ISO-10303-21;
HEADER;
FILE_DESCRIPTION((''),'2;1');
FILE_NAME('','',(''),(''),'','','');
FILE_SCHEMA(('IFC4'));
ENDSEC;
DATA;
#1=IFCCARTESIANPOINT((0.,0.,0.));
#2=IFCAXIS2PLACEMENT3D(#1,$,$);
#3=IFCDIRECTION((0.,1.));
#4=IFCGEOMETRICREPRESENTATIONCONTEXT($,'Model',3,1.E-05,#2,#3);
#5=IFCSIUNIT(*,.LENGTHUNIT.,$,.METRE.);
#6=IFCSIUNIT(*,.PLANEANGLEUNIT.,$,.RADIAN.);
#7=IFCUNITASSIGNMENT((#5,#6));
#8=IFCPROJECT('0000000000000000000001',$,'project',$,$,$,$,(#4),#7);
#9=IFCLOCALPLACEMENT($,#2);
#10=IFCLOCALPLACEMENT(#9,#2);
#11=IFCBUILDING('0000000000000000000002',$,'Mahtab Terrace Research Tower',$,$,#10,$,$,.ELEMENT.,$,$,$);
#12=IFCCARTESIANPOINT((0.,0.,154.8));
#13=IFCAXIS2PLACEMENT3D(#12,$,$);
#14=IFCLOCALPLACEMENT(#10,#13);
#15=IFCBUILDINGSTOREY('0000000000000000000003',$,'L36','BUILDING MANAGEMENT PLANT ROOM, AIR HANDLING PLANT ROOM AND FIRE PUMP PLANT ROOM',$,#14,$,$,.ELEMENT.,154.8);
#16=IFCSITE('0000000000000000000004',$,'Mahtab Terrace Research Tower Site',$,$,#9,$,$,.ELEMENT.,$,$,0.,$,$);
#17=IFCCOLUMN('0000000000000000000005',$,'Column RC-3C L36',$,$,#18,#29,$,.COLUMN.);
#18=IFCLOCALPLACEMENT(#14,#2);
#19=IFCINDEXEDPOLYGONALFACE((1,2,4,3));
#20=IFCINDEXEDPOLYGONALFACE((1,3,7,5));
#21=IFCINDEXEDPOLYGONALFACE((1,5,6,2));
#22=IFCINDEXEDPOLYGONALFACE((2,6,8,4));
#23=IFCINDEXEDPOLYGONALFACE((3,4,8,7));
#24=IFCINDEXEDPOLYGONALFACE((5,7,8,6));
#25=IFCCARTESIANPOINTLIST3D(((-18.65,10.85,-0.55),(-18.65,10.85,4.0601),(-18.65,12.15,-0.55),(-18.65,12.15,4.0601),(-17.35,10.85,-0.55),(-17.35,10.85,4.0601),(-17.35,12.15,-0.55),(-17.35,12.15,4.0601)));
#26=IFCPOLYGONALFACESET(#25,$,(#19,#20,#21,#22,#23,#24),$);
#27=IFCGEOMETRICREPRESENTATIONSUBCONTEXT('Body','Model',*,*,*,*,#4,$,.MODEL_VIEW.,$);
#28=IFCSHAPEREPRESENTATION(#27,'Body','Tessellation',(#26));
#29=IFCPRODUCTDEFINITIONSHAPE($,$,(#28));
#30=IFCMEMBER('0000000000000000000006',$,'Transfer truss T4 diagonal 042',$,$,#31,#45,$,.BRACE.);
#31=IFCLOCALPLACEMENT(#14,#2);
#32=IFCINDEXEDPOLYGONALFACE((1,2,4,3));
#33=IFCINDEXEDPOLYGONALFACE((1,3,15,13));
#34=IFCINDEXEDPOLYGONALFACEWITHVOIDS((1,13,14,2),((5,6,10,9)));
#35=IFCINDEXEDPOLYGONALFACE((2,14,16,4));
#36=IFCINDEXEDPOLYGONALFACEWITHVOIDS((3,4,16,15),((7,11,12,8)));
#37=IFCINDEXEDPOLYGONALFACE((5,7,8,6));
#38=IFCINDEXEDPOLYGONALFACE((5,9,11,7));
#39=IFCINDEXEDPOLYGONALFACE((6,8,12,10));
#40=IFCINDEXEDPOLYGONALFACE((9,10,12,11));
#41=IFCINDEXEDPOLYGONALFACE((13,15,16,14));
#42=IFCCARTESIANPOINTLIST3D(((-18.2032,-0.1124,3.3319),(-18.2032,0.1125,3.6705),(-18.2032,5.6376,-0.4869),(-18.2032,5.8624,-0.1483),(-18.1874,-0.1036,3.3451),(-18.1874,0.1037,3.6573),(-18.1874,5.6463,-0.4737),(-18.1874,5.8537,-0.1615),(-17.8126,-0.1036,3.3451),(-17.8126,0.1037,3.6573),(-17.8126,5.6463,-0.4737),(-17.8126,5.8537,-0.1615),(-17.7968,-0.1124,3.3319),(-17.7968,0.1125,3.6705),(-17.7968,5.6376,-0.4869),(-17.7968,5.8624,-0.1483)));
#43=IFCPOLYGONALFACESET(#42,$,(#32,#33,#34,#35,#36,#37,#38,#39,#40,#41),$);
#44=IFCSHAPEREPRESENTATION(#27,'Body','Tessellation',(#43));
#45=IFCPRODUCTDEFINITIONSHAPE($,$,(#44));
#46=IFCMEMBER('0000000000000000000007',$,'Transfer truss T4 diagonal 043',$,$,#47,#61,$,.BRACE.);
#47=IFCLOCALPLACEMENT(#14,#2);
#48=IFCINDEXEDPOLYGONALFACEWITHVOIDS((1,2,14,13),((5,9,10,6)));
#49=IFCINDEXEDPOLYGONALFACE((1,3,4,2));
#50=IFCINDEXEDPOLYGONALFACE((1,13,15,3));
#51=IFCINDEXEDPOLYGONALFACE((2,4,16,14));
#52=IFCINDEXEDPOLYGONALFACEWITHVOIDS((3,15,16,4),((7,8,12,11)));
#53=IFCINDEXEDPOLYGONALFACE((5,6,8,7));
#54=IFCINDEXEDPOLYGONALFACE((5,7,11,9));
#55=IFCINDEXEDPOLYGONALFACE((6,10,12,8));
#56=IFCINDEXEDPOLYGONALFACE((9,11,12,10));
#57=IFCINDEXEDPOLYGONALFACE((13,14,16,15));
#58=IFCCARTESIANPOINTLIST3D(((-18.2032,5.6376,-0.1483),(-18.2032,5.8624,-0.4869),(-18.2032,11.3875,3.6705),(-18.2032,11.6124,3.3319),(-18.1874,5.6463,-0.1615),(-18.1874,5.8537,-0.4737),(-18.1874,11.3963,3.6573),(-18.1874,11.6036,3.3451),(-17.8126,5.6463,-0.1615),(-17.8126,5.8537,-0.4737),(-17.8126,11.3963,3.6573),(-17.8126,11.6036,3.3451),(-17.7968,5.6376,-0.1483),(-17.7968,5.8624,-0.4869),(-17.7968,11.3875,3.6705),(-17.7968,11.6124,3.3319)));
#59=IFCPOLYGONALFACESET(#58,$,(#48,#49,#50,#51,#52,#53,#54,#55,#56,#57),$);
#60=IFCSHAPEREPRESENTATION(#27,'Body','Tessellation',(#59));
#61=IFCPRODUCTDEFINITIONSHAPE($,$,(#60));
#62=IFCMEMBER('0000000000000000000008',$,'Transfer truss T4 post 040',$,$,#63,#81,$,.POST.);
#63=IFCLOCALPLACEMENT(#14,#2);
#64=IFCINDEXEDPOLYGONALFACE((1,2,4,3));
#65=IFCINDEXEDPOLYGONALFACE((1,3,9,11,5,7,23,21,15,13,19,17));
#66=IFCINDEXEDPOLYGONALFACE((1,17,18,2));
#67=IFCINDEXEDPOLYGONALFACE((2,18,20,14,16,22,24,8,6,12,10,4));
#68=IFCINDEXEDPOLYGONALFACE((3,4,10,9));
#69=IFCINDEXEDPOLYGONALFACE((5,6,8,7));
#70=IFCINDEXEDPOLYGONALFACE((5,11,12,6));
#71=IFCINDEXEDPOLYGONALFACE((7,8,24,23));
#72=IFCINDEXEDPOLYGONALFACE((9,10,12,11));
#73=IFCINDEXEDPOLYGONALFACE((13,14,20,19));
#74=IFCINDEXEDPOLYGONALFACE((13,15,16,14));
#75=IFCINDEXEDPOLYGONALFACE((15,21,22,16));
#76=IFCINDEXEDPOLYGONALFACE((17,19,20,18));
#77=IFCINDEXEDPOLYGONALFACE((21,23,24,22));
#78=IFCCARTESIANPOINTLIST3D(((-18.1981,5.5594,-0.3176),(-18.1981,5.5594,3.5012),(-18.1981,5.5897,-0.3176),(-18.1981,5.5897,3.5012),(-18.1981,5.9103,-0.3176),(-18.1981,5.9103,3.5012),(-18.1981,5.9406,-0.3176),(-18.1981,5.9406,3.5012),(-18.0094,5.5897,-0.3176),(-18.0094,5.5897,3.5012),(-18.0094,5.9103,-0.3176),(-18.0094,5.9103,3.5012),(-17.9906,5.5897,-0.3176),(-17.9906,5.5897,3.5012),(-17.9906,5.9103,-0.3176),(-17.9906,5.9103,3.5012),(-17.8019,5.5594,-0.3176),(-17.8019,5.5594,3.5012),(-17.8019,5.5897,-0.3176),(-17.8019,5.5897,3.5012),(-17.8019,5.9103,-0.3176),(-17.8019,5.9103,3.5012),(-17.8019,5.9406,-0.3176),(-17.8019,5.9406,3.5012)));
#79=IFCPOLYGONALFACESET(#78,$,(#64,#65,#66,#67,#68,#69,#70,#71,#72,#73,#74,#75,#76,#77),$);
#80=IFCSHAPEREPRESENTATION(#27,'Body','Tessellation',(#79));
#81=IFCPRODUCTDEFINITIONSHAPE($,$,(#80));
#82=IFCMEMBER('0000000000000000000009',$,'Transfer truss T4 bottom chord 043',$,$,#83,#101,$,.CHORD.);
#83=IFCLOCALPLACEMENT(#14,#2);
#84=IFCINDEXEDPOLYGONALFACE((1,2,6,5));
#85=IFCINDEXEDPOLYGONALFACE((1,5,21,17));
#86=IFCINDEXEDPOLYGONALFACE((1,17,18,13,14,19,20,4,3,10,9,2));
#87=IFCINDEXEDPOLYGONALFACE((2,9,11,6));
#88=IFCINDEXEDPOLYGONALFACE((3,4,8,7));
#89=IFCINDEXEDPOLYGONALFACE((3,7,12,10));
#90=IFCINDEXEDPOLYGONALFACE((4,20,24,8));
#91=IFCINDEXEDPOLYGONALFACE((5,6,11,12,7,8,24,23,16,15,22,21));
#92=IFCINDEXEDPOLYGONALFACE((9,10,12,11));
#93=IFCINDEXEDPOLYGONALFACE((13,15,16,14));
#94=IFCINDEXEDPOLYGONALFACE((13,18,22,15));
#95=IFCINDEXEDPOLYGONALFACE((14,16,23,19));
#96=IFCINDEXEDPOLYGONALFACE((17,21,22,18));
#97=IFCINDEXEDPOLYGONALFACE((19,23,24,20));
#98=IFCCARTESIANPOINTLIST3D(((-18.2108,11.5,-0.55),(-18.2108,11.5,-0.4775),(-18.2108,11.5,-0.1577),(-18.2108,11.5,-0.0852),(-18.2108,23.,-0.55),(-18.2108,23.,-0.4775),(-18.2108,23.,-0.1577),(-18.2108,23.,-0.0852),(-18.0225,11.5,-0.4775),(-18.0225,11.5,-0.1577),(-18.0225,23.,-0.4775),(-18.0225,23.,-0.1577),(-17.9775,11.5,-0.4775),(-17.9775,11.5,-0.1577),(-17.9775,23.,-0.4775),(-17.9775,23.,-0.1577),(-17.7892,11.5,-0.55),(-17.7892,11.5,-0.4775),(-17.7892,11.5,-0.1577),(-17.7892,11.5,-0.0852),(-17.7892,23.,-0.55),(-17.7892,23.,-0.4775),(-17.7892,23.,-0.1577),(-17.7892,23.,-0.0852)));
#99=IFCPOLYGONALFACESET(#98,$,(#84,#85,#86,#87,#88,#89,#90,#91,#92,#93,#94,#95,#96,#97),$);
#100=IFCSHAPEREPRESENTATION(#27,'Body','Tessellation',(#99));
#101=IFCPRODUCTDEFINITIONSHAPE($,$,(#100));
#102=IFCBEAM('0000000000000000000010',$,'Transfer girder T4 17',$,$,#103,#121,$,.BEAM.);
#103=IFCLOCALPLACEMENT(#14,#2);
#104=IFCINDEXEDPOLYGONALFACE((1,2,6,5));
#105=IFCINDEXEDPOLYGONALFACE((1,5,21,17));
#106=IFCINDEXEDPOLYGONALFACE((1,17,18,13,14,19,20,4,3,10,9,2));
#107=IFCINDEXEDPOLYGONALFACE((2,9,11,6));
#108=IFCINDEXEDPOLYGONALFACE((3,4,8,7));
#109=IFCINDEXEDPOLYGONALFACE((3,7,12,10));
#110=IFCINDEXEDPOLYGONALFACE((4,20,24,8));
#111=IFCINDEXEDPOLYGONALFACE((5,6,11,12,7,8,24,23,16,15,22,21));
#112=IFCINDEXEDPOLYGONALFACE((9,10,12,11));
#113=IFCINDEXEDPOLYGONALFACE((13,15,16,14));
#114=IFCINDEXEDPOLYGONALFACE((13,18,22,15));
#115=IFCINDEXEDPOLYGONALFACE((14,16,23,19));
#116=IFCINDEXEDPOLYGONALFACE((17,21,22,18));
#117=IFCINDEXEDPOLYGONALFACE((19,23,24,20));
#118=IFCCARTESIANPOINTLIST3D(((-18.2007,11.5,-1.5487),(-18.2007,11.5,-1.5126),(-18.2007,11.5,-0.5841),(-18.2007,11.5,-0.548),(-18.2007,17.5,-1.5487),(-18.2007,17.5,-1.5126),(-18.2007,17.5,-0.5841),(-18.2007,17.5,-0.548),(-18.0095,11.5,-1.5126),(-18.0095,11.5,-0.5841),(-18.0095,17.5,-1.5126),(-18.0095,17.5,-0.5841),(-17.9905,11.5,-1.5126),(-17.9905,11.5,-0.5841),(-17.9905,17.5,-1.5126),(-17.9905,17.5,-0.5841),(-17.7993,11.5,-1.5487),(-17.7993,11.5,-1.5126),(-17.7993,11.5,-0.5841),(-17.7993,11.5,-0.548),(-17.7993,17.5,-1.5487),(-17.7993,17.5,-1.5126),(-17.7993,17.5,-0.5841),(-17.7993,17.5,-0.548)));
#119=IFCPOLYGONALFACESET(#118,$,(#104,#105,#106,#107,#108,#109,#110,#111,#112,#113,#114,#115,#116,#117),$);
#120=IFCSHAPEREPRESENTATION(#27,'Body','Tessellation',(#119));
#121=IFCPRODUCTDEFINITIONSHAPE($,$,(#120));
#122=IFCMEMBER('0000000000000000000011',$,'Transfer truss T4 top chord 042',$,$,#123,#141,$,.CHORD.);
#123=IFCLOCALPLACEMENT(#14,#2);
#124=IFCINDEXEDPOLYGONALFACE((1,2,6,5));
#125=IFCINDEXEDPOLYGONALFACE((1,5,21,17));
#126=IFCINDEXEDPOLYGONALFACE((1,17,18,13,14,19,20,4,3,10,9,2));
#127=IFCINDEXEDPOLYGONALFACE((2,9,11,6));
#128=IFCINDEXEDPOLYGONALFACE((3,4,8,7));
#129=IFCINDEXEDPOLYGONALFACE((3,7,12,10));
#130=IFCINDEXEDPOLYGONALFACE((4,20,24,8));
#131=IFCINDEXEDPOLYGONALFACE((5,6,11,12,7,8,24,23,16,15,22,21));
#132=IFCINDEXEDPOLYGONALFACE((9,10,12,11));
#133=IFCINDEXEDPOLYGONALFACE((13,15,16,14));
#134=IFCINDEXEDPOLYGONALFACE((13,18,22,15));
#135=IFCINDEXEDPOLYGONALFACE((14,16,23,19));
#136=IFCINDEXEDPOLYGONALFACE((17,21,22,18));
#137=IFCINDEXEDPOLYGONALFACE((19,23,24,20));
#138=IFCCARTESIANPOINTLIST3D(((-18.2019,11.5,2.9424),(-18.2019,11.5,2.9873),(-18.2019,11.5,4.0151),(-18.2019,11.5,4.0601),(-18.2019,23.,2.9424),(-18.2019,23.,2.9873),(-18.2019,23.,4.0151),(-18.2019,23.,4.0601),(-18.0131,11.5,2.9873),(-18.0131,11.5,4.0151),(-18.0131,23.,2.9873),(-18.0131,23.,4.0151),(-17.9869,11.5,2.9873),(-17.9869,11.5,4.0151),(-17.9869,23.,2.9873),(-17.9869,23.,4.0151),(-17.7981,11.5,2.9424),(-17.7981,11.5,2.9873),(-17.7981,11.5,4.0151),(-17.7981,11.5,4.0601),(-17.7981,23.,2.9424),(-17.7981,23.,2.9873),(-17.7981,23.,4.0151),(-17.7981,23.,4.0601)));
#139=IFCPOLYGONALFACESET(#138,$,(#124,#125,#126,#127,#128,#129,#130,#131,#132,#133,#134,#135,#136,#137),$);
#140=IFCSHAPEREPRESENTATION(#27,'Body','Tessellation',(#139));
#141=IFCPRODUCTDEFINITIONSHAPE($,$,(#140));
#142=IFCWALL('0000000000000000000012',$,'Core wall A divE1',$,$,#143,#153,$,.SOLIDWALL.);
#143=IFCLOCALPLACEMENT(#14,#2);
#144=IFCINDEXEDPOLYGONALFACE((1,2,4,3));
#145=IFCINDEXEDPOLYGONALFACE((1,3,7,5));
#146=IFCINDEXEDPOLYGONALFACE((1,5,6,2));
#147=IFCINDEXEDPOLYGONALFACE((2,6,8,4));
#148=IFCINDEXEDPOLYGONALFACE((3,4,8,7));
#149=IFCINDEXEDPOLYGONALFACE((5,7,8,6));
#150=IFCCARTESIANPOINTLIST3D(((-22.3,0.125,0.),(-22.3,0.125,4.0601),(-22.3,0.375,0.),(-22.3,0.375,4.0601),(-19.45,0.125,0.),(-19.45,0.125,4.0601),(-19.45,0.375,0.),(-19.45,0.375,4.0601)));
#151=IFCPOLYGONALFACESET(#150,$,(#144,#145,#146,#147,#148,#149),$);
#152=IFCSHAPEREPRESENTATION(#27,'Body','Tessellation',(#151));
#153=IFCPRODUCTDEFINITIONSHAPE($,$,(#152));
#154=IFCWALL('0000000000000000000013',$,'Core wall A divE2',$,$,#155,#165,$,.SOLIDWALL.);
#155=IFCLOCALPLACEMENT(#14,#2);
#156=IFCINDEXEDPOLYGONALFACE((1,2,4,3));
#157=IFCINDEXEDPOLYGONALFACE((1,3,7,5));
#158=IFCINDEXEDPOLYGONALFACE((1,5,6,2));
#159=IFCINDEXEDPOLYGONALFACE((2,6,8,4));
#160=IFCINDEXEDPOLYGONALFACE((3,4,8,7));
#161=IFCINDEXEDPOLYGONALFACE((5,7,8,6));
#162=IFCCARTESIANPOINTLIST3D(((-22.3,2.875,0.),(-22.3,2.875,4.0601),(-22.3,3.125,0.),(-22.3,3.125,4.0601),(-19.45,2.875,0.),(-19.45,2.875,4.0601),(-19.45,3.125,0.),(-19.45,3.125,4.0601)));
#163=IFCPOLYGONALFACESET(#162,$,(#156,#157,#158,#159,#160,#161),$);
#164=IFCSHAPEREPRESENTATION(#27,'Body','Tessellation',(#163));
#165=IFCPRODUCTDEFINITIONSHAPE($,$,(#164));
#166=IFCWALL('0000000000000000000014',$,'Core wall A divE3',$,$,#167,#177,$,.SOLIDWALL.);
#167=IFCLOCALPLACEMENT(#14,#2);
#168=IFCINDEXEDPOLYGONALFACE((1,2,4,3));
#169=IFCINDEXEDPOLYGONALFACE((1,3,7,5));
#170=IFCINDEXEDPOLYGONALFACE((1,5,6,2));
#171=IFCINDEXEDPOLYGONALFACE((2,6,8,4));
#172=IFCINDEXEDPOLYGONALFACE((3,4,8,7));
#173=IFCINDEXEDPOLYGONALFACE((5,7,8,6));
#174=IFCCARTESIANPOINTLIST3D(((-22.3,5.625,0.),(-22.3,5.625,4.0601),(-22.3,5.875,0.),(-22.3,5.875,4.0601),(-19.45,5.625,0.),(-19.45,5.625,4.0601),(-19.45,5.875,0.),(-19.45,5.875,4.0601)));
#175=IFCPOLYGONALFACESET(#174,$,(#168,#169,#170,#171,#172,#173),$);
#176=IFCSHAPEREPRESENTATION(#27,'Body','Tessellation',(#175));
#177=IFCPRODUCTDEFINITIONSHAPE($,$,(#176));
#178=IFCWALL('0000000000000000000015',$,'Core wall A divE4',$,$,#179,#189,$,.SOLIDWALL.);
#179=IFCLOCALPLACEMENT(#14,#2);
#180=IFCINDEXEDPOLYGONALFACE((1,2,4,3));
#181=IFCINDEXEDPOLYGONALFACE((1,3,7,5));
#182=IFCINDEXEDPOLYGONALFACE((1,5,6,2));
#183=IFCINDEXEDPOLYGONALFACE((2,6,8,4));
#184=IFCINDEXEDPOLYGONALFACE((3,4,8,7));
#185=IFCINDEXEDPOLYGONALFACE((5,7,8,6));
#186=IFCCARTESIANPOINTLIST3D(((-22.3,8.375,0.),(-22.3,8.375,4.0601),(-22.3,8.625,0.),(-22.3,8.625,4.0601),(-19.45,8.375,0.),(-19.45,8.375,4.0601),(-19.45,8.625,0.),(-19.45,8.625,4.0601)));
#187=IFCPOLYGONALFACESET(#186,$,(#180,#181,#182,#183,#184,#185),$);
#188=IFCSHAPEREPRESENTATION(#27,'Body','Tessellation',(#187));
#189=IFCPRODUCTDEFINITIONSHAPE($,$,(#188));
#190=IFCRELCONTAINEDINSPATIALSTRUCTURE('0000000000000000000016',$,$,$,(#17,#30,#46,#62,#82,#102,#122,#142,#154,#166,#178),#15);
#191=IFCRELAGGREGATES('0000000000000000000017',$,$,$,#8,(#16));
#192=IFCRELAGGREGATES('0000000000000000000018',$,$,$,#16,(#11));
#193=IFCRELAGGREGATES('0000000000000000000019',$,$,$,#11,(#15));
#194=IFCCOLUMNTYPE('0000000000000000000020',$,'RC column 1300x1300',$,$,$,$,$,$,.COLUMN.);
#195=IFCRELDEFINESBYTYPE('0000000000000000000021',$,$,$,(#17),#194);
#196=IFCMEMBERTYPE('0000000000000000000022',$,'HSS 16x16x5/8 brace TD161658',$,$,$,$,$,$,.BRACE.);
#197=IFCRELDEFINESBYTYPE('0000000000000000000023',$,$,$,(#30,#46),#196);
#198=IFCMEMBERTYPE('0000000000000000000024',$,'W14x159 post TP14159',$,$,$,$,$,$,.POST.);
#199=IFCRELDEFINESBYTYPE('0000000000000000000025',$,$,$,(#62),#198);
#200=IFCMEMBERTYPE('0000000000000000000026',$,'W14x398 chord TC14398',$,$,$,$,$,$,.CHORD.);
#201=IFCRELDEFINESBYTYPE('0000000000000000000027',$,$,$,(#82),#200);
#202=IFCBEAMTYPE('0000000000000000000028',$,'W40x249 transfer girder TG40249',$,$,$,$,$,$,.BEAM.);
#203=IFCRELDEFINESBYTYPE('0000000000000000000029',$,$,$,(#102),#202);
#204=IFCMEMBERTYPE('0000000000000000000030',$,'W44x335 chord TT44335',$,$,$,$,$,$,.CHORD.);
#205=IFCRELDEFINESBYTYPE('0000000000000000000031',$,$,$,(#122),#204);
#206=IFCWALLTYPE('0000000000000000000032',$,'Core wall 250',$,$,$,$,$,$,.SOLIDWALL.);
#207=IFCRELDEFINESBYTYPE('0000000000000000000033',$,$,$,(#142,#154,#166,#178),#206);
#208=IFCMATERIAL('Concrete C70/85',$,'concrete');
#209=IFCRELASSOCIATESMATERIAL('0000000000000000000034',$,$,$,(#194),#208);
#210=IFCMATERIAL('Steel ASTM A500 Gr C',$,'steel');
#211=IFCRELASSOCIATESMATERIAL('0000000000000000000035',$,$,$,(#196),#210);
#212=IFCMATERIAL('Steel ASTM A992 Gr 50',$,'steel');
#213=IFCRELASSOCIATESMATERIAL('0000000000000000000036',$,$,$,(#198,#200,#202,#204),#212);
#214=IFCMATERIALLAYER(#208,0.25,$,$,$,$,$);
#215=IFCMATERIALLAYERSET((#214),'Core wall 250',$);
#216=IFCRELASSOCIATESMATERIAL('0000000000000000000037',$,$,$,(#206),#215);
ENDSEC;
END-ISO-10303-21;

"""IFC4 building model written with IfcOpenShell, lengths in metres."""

from ifc_helpers import new_model, si_unit, direction, frame, frame_2d, origin, origin_2d, place, context, subcontext, project, spatial, rectangle, hollow_rectangle, i_section, extrude, material, layer, layer_set, material_profile, profile_set, type_object, element, save


model = new_model("IFC4")

# Units and contexts
model_context = context("Model", 3, precision=1e-05, world=origin(), true_north=direction((0.0, 1.0)))
body_context = subcontext(model_context, "Body", "Model", "MODEL_VIEW")
ifc_project = project(units=[si_unit("LENGTHUNIT", "METRE"), si_unit("PLANEANGLEUNIT", "RADIAN")], contexts=[model_context])

# Site, building, storey
site_placement = place(None, origin())
site = spatial("IfcSite", under=ifc_project, at=site_placement, Name="Mahtab Terrace Research Tower Site", CompositionType="ELEMENT", RefElevation=0.0)
building_placement = place(site_placement, origin())
building = spatial("IfcBuilding", under=site, at=building_placement, Name="Mahtab Terrace Research Tower", CompositionType="ELEMENT")
storey_placement = place(building_placement, frame((0.0, 0.0, 154.8)))
storey = spatial("IfcBuildingStorey", under=building, at=storey_placement, Name="L36", Description="BUILDING MANAGEMENT PLANT ROOM, AIR HANDLING PLANT ROOM AND FIRE PUMP PLANT ROOM", CompositionType="ELEMENT", Elevation=154.8)

# Column
ifc_material_1 = material(Name="Concrete C70/85", Category="concrete")
ifc_material_profile_1 = material_profile(ifc_material_1, rectangle(XDim=1.3, YDim=1.3, at=origin_2d()), Name="RC column 1300x1300")
ifc_profile_set_1 = profile_set([ifc_material_profile_1], Name="Concrete C70/85")
column_type = type_object("IfcColumnType", Name="RC column 1300x1300", PredefinedType="COLUMN", material=ifc_profile_set_1)
column_placement = place(storey_placement, frame((-18.0, 11.5, -0.55), z_axis=(0.0, 0.0, 1.0), x_axis=(1.0, 0.0, 0.0)))
element("IfcColumn", 1, at=column_placement, inside=storey, type_object=column_type, Name="Column RC-3C L36", PredefinedType="COLUMN", context=body_context, shape_type="SweptSolid", body=[
    extrude(rectangle(XDim=1.3, YDim=1.3, at=origin_2d()), origin(), (0.0, 0.0, 1.0), 4.6101),
])

# Members
ifc_material_2 = material(Name="Steel ASTM A500 Gr C", Category="steel")
ifc_material_profile_2 = material_profile(ifc_material_2, hollow_rectangle(XDim=0.4065, YDim=0.4065, WallThickness=0.0159, at=origin_2d()), Name="HSS16X16X5/8")
ifc_profile_set_2 = profile_set([ifc_material_profile_2], Name="Steel ASTM A500 Gr C")
member_type_1 = type_object("IfcMemberType", Name="HSS 16x16x5/8 brace TD161658", PredefinedType="BRACE", material=ifc_profile_set_2)
for number, where, z_axis, x_axis, name in (
    (2, (-18.0, 5.75, -0.3176), (0.0, -0.833018, 0.553246), (1.0, 0.0, 0.0), "Transfer truss T4 diagonal 042"),
    (3, (-18.0, 5.75, -0.3176), (0.0, 0.833018, 0.553246), (-1.0, 0.0, 0.0), "Transfer truss T4 diagonal 043"),
):
    element("IfcMember", number, at=place(storey_placement, frame(where, z_axis=z_axis, x_axis=x_axis)), inside=storey, type_object=member_type_1, Name=name, PredefinedType="BRACE", context=body_context, shape_type="SweptSolid", body=[
        extrude(hollow_rectangle(XDim=0.4065, YDim=0.4065, WallThickness=0.0159, at=origin_2d()), origin(), (0.0, 0.0, 1.0), 6.9026),
    ])
ifc_material_3 = material(Name="Steel ASTM A992 Gr 50", Category="steel")
ifc_material_profile_3 = material_profile(ifc_material_3, i_section(OverallWidth=0.3962, OverallDepth=0.3811, WebThickness=0.0188, FlangeThickness=0.0303, at=origin_2d()), Name="W14X159")
ifc_profile_set_3 = profile_set([ifc_material_profile_3], Name="Steel ASTM A992 Gr 50")
member_type_2 = type_object("IfcMemberType", Name="W14x159 post TP14159", PredefinedType="POST", material=ifc_profile_set_3)
member_1_placement = place(storey_placement, frame((-18.0, 5.75, -0.3176), z_axis=(0.0, 0.0, 1.0), x_axis=(1.0, 0.0, 0.0)))
element("IfcMember", 4, at=member_1_placement, inside=storey, type_object=member_type_2, Name="Transfer truss T4 post 040", PredefinedType="POST", context=body_context, shape_type="SweptSolid", body=[
    extrude(i_section(OverallWidth=0.3962, OverallDepth=0.3811, WebThickness=0.0188, FlangeThickness=0.0303, at=origin_2d()), origin(), (0.0, 0.0, 1.0), 3.8188),
])
ifc_material_profile_4 = material_profile(ifc_material_3, i_section(OverallWidth=0.4216, OverallDepth=0.4648, WebThickness=0.0449, FlangeThickness=0.0725, at=origin_2d()), Name="W14X398")
ifc_profile_set_4 = profile_set([ifc_material_profile_4], Name="Steel ASTM A992 Gr 50")
member_type_3 = type_object("IfcMemberType", Name="W14x398 chord TC14398", PredefinedType="CHORD", material=ifc_profile_set_4)
member_2_placement = place(storey_placement, frame((-18.0, 11.5, -0.3176), z_axis=(0.0, 1.0, 0.0), x_axis=(-1.0, 0.0, 0.0)))
element("IfcMember", 5, at=member_2_placement, inside=storey, type_object=member_type_3, Name="Transfer truss T4 bottom chord 043", PredefinedType="CHORD", context=body_context, shape_type="SweptSolid", body=[
    extrude(i_section(OverallWidth=0.4216, OverallDepth=0.4648, WebThickness=0.0449, FlangeThickness=0.0725, at=origin_2d()), origin(), (0.0, 0.0, 1.0), 11.5),
])

# Beam
ifc_material_profile_5 = material_profile(ifc_material_3, i_section(OverallWidth=0.4014, OverallDepth=1.0007, WebThickness=0.019, FlangeThickness=0.0361, at=origin_2d()), Name="W40X249")
ifc_profile_set_5 = profile_set([ifc_material_profile_5], Name="Steel ASTM A992 Gr 50")
beam_type = type_object("IfcBeamType", Name="W40x249 transfer girder TG40249", PredefinedType="BEAM", material=ifc_profile_set_5)
beam_placement = place(storey_placement, frame((-18.0, 11.5, -1.0483), z_axis=(0.0, 1.0, 0.0), x_axis=(-1.0, 0.0, 0.0)))
element("IfcBeam", 6, at=beam_placement, inside=storey, type_object=beam_type, Name="Transfer girder T4 17", PredefinedType="BEAM", context=body_context, shape_type="SweptSolid", body=[
    extrude(i_section(OverallWidth=0.4014, OverallDepth=1.0007, WebThickness=0.019, FlangeThickness=0.0361, at=origin_2d()), origin(), (0.0, 0.0, 1.0), 6.0),
])

# Member
ifc_material_profile_6 = material_profile(ifc_material_3, i_section(OverallWidth=0.4038, OverallDepth=1.1177, WebThickness=0.0261, FlangeThickness=0.0449, at=origin_2d()), Name="W44X335")
ifc_profile_set_6 = profile_set([ifc_material_profile_6], Name="Steel ASTM A992 Gr 50")
member_type_4 = type_object("IfcMemberType", Name="W44x335 chord TT44335", PredefinedType="CHORD", material=ifc_profile_set_6)
member_3_placement = place(storey_placement, frame((-18.0, 11.5, 3.5012), z_axis=(0.0, 1.0, 0.0), x_axis=(-1.0, 0.0, 0.0)))
element("IfcMember", 7, at=member_3_placement, inside=storey, type_object=member_type_4, Name="Transfer truss T4 top chord 042", PredefinedType="CHORD", context=body_context, shape_type="SweptSolid", body=[
    extrude(i_section(OverallWidth=0.4038, OverallDepth=1.1177, WebThickness=0.0261, FlangeThickness=0.0449, at=origin_2d()), origin(), (0.0, 0.0, 1.0), 11.5),
])

# Walls
ifc_layer_1 = layer(ifc_material_1, 0.25)
ifc_layer_set_1 = layer_set([ifc_layer_1], Name="Core wall 250")
wall_type = type_object("IfcWallType", Name="Core wall 250", PredefinedType="SOLIDWALL", material=ifc_layer_set_1)
for number, where, z_axis, x_axis, name in (
    (8, (-22.3, 0.25, 0.0), (0.0, 0.0, 1.0), (1.0, 0.0, 0.0), "Core wall A divE1"),
    (9, (-22.3, 3.0, 0.0), (0.0, 0.0, 1.0), (1.0, 0.0, 0.0), "Core wall A divE2"),
    (10, (-22.3, 5.75, 0.0), (0.0, 0.0, 1.0), (1.0, 0.0, 0.0), "Core wall A divE3"),
    (11, (-22.3, 8.5, 0.0), (0.0, 0.0, 1.0), (1.0, 0.0, 0.0), "Core wall A divE4"),
):
    element("IfcWall", number, at=place(storey_placement, frame(where, z_axis=z_axis, x_axis=x_axis)), inside=storey, type_object=wall_type, Name=name, PredefinedType="SOLIDWALL", context=body_context, shape_type="SweptSolid", body=[
        extrude(rectangle(XDim=2.8501, YDim=0.25, at=frame_2d((1.425, 0.0))), origin(), (0.0, 0.0, 1.0), 4.0601),
    ])

save(model, "model.ifc")
